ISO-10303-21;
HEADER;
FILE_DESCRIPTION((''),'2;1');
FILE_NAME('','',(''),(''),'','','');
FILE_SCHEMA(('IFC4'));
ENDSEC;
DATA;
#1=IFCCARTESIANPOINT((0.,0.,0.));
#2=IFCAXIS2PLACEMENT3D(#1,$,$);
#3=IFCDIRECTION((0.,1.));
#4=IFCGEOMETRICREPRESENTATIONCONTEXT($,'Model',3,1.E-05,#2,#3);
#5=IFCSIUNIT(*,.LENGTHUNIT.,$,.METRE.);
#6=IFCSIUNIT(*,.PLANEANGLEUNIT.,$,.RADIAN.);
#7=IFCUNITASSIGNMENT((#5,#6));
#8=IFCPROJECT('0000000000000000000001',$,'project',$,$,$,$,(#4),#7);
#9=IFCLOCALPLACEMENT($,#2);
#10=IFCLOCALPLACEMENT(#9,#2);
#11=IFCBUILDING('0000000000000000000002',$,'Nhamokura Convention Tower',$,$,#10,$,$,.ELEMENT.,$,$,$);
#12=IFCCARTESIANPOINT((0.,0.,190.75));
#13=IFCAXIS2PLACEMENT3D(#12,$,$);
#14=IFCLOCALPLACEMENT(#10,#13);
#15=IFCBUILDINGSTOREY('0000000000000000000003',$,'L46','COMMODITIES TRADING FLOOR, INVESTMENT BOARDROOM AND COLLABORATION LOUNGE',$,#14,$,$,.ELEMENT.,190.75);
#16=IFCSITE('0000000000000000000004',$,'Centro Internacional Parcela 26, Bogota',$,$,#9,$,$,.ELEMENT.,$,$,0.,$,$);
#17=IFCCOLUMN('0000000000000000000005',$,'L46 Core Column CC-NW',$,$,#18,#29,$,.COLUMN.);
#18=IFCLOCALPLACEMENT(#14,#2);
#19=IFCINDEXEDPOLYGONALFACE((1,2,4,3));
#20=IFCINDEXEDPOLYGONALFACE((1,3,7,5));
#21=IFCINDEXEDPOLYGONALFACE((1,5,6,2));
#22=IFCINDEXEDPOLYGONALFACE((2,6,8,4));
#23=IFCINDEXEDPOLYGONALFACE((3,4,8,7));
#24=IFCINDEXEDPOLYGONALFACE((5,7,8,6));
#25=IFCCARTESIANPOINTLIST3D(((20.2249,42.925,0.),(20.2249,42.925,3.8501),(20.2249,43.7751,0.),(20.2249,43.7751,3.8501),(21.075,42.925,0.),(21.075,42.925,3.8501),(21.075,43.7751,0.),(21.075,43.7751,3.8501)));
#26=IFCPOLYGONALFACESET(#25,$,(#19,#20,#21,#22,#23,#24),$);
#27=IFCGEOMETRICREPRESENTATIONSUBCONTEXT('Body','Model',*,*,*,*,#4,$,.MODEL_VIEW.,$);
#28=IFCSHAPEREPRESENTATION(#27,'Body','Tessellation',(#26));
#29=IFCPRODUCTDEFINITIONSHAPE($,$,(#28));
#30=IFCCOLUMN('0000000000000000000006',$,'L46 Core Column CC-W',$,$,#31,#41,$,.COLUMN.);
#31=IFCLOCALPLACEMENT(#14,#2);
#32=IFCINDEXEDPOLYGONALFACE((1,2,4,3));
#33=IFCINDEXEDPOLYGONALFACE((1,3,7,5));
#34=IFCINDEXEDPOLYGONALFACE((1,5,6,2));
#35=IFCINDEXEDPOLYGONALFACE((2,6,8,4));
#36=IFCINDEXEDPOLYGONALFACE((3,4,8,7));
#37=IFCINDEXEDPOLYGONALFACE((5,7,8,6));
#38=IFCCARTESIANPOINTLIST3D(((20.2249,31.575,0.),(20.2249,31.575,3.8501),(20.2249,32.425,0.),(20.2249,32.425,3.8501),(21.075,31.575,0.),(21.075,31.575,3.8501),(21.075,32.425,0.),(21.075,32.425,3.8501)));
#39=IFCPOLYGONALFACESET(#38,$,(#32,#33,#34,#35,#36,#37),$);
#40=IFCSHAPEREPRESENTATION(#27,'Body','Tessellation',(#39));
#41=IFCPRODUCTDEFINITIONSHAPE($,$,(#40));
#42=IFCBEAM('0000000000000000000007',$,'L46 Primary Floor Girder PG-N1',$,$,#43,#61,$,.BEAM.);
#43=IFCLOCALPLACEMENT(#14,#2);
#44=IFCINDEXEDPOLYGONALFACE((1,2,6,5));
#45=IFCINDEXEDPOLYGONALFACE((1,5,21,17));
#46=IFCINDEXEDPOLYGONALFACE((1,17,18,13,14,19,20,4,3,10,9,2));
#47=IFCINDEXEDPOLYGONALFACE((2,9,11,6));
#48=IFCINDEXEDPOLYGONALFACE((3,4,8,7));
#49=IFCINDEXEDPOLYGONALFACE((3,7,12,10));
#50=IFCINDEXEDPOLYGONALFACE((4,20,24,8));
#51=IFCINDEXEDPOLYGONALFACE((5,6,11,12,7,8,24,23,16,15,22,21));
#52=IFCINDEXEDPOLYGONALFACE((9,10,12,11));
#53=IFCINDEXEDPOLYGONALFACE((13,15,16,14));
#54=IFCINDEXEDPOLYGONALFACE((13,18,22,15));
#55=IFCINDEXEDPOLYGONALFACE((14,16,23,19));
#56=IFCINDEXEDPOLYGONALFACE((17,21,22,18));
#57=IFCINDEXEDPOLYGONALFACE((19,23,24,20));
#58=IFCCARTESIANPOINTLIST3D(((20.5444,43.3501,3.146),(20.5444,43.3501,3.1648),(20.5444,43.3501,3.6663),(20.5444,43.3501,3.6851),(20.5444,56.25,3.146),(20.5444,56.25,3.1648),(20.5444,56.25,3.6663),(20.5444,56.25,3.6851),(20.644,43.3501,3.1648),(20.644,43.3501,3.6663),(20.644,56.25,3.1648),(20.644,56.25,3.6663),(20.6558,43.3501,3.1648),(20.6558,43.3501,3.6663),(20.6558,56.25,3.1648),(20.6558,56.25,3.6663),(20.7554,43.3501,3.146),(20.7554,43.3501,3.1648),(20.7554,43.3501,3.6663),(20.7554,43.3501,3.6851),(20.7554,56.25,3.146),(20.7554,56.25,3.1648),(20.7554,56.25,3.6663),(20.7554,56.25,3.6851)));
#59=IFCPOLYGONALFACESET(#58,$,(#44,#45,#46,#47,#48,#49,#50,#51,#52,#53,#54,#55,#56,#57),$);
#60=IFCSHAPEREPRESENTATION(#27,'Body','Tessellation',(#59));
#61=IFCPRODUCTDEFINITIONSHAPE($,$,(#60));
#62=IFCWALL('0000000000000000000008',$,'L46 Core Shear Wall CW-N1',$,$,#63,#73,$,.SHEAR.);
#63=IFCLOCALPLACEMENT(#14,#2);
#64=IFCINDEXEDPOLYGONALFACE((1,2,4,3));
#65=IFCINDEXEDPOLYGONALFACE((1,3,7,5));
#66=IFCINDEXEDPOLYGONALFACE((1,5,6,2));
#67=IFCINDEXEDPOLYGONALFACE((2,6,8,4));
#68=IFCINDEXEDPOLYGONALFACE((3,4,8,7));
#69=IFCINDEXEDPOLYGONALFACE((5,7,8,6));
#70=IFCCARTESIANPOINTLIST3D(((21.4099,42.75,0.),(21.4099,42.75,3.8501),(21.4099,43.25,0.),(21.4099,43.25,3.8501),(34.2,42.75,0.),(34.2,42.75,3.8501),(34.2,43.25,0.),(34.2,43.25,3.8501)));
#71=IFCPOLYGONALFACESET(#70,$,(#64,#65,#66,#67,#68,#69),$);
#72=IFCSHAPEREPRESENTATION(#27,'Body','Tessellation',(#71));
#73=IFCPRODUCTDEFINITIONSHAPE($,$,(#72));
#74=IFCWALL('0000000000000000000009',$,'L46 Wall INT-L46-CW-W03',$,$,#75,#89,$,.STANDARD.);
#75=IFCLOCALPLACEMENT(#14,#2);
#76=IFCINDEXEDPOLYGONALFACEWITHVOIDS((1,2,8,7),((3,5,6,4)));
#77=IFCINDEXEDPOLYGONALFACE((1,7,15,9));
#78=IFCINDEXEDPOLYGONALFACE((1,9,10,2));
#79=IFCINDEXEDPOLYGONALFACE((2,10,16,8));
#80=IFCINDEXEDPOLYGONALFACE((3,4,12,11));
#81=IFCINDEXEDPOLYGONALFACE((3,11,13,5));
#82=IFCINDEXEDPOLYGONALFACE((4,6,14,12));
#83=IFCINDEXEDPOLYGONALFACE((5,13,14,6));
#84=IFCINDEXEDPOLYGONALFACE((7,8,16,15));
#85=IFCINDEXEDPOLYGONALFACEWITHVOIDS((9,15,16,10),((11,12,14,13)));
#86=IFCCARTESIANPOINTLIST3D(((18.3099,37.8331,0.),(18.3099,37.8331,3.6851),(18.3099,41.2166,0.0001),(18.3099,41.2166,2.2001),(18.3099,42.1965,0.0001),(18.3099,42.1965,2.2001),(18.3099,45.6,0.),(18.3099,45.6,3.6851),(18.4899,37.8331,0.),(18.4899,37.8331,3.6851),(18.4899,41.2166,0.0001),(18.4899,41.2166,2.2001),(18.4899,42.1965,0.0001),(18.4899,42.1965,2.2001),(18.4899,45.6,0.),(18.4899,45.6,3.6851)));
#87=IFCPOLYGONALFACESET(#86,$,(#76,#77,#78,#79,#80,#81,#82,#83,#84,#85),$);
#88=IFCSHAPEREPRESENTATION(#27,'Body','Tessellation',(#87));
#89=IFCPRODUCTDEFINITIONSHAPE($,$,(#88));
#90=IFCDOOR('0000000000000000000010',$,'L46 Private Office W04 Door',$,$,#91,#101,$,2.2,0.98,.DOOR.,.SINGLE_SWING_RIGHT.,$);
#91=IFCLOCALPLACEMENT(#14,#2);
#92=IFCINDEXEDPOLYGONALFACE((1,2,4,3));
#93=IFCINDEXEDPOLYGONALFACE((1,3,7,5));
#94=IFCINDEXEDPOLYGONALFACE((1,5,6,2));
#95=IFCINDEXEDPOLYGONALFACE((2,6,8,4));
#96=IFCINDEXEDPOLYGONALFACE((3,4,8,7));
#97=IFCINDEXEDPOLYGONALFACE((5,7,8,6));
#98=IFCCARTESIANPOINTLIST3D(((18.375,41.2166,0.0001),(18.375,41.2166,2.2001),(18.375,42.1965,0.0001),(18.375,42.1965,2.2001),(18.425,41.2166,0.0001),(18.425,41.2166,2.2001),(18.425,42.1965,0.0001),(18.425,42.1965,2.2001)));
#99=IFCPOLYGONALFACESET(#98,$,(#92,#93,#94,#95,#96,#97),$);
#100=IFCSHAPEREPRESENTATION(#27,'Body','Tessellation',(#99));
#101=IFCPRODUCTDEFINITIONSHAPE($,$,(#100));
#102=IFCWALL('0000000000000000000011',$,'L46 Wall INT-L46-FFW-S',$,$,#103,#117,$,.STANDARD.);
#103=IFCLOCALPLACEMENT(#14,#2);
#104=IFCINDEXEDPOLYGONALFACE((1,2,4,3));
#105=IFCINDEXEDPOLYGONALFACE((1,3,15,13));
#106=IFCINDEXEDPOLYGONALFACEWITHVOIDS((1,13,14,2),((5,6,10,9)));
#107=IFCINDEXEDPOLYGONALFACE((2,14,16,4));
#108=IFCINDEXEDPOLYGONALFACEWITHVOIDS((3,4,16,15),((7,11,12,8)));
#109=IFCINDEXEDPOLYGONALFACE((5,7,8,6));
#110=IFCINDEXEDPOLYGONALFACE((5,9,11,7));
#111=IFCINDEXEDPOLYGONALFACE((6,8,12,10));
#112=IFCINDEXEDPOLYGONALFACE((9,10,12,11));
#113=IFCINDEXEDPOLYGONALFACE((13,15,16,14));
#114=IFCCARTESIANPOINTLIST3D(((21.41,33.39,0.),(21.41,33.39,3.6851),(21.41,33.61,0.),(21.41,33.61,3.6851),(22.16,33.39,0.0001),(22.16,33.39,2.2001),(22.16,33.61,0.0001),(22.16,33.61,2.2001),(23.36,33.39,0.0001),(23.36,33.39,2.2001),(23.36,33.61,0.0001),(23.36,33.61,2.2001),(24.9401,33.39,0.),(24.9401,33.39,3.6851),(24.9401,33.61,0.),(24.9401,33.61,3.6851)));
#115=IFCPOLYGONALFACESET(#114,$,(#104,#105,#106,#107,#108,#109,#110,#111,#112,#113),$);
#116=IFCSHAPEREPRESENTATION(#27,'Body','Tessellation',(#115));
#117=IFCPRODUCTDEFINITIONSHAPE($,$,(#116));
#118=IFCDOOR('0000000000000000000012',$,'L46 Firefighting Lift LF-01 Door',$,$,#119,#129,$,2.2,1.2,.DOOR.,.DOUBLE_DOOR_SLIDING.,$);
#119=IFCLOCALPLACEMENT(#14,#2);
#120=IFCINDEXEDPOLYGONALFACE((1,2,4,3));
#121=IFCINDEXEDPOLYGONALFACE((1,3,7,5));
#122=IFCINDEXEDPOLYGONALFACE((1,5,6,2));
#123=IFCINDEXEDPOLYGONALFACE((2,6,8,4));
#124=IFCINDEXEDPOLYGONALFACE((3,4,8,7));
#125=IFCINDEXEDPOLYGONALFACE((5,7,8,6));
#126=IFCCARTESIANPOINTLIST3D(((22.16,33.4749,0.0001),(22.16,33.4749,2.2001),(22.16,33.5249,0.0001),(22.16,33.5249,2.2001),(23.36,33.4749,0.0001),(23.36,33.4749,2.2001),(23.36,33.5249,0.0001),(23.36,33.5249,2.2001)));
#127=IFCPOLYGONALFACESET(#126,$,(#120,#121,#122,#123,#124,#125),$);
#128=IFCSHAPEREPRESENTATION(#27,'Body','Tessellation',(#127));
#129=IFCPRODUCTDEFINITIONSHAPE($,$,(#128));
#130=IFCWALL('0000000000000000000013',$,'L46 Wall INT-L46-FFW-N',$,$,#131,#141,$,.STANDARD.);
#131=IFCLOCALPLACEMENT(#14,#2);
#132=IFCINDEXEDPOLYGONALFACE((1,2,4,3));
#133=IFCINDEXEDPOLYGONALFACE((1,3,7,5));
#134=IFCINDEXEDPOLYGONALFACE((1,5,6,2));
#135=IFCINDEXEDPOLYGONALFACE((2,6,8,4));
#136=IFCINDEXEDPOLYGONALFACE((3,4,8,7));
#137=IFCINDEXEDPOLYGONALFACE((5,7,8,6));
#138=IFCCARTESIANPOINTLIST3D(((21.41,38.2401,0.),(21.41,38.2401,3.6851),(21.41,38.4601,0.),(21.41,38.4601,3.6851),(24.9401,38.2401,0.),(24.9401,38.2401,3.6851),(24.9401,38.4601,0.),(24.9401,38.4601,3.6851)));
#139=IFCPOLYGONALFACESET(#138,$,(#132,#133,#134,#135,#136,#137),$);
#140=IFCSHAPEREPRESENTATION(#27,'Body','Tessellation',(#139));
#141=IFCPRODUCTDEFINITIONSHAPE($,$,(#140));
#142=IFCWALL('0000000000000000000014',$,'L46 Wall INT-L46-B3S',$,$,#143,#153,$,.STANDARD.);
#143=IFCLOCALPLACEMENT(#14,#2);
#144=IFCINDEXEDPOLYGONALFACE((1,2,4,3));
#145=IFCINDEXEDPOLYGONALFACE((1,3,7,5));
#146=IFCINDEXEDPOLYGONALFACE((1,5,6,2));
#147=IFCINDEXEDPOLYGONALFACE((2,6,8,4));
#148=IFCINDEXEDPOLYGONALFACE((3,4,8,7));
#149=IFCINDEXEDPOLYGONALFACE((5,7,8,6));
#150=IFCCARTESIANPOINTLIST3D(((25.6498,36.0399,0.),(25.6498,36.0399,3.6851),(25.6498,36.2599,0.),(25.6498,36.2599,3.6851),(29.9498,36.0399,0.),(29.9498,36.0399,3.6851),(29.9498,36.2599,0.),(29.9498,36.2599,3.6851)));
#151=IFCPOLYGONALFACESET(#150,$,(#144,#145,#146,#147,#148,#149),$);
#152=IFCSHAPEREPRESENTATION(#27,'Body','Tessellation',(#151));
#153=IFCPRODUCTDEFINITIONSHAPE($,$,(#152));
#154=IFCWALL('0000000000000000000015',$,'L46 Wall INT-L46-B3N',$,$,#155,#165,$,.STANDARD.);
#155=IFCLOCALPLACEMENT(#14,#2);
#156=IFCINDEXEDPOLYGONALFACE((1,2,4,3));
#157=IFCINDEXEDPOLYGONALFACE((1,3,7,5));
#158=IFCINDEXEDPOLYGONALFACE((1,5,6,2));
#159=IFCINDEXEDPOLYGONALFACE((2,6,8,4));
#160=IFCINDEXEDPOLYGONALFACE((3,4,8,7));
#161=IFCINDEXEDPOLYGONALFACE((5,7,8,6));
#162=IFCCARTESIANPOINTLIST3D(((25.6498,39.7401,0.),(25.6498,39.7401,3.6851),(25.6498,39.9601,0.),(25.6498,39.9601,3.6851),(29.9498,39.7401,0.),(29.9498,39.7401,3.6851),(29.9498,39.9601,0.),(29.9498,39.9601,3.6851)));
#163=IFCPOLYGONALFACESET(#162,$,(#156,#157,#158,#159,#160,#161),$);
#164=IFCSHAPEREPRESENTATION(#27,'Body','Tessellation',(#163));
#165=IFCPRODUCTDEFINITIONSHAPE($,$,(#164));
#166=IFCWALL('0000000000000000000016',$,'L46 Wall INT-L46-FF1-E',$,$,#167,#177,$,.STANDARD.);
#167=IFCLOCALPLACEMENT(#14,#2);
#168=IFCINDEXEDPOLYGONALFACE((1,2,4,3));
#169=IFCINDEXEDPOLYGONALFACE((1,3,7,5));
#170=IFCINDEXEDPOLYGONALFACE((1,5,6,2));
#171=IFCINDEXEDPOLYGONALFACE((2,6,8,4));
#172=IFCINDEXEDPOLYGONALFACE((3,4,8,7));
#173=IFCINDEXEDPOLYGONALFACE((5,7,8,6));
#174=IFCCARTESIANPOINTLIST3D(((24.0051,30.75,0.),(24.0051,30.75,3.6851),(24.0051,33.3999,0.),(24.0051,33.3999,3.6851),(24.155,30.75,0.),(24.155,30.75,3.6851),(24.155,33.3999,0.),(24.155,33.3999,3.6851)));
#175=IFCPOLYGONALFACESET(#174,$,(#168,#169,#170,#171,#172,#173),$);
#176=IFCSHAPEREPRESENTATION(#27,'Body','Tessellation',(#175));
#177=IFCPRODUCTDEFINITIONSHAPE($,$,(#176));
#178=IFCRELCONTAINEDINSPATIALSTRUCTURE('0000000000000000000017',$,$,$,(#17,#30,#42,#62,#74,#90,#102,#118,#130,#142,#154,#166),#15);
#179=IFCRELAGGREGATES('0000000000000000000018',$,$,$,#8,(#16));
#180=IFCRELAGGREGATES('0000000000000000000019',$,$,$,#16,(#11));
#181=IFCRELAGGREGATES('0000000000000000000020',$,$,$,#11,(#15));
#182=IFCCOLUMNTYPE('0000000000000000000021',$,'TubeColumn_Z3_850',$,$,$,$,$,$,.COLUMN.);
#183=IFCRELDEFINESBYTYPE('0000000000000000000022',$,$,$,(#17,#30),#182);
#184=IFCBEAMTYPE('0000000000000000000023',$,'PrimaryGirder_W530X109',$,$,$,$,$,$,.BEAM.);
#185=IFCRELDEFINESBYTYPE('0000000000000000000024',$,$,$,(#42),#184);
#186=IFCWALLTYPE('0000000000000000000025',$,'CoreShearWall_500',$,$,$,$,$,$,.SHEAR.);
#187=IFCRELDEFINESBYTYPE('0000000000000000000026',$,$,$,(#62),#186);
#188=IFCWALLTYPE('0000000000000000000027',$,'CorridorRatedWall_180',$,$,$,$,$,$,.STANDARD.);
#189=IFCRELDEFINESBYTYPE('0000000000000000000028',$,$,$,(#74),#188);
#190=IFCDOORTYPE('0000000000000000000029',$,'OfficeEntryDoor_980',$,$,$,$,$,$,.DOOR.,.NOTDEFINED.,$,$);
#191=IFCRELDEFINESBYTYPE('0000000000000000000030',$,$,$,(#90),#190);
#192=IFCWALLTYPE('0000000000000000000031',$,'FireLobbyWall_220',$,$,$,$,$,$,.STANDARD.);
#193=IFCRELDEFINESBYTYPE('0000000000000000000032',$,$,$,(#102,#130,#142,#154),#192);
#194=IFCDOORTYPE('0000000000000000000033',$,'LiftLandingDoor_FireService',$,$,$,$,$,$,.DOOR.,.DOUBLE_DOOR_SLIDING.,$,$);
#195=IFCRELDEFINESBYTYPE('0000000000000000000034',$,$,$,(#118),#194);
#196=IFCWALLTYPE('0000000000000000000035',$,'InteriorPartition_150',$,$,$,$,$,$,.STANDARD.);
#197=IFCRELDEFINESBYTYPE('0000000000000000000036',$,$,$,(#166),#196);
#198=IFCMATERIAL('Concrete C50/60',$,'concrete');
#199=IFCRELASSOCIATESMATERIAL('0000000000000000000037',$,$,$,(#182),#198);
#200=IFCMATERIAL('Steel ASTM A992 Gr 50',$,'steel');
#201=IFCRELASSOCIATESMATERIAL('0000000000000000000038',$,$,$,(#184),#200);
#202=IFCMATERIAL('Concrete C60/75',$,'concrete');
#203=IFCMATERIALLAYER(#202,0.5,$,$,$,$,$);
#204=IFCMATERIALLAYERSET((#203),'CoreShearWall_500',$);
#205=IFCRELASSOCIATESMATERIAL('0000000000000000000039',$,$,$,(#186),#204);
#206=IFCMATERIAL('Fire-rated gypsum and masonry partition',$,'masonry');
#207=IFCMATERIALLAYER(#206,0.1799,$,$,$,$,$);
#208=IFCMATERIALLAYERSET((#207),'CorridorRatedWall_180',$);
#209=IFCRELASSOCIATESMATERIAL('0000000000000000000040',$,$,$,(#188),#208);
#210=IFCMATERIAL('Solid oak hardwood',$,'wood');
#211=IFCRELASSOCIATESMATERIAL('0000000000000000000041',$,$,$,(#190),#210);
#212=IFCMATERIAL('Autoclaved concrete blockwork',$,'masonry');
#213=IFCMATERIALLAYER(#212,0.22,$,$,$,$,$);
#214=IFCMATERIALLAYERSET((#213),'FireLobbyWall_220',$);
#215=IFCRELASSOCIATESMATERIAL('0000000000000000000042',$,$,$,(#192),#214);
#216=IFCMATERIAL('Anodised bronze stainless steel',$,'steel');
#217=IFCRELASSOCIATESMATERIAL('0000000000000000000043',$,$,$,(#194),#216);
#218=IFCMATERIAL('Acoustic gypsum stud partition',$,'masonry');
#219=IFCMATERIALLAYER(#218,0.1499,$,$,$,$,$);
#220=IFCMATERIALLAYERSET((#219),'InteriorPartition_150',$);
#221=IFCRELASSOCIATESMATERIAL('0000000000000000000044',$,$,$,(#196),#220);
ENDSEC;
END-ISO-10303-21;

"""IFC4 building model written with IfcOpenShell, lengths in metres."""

from ifc_helpers import new_model, si_unit, direction, frame, frame_2d, origin, origin_2d, place, context, subcontext, project, spatial, rectangle, i_section, extrude, material, layer, layer_set, material_profile, profile_set, type_object, element, fill, save


model = new_model("IFC4")

# Units and contexts
model_context = context("Model", 3, precision=1e-05, world=origin(), true_north=direction((0.0, 1.0)))
body_context = subcontext(model_context, "Body", "Model", "MODEL_VIEW")
ifc_project = project(units=[si_unit("LENGTHUNIT", "METRE"), si_unit("PLANEANGLEUNIT", "RADIAN")], contexts=[model_context])

# Site, building, storey
site_placement = place(None, origin())
site = spatial("IfcSite", under=ifc_project, at=site_placement, Name="Centro Internacional Parcela 26, Bogota", CompositionType="ELEMENT", RefElevation=0.0)
building_placement = place(site_placement, origin())
building = spatial("IfcBuilding", under=site, at=building_placement, Name="Nhamokura Convention Tower", CompositionType="ELEMENT")
storey_placement = place(building_placement, frame((0.0, 0.0, 190.75)))
storey = spatial("IfcBuildingStorey", under=building, at=storey_placement, Name="L46", Description="COMMODITIES TRADING FLOOR, INVESTMENT BOARDROOM AND COLLABORATION LOUNGE", CompositionType="ELEMENT", Elevation=190.75)

# Columns
ifc_material_1 = material(Name="Concrete C50/60", Category="concrete")
ifc_material_profile_1 = material_profile(ifc_material_1, rectangle(XDim=0.8501, YDim=0.8501, at=origin_2d()))
ifc_profile_set_1 = profile_set([ifc_material_profile_1], Name="Concrete C50/60")
column_type = type_object("IfcColumnType", Name="TubeColumn_Z3_850", PredefinedType="COLUMN", material=ifc_profile_set_1)
for number, where, z_axis, x_axis, name in (
    (1, (20.6499, 43.3501, 0.0), (0.0, 0.0, 1.0), (1.0, 0.0, 0.0), "L46 Core Column CC-NW"),
    (2, (20.6499, 32.0, 0.0), (0.0, 0.0, 1.0), (1.0, 0.0, 0.0), "L46 Core Column CC-W"),
):
    element("IfcColumn", number, at=place(storey_placement, frame(where, z_axis=z_axis, x_axis=x_axis)), inside=storey, type_object=column_type, Name=name, PredefinedType="COLUMN", context=body_context, shape_type="SweptSolid", body=[
        extrude(rectangle(XDim=0.8501, YDim=0.8501, at=origin_2d()), origin(), (0.0, 0.0, 1.0), 3.8501),
    ])

# Beam
ifc_material_2 = material(Name="Steel ASTM A992 Gr 50", Category="steel")
ifc_material_profile_2 = material_profile(ifc_material_2, i_section(OverallWidth=0.2109, OverallDepth=0.5391, WebThickness=0.0117, FlangeThickness=0.0188, at=origin_2d()))
ifc_profile_set_2 = profile_set([ifc_material_profile_2], Name="Steel ASTM A992 Gr 50")
beam_type = type_object("IfcBeamType", Name="PrimaryGirder_W530X109", PredefinedType="BEAM", material=ifc_profile_set_2)
beam_placement = place(storey_placement, frame((20.6499, 43.3501, 3.4155), z_axis=(0.0, 1.0, 0.0), x_axis=(-1.0, 0.0, 0.0)))
element("IfcBeam", 3, at=beam_placement, inside=storey, type_object=beam_type, Name="L46 Primary Floor Girder PG-N1", PredefinedType="BEAM", context=body_context, shape_type="SweptSolid", body=[
    extrude(i_section(OverallWidth=0.2109, OverallDepth=0.5391, WebThickness=0.0117, FlangeThickness=0.0188, at=origin_2d()), origin(), (0.0, 0.0, 1.0), 12.8999),
])

# Wall
ifc_material_3 = material(Name="Concrete C60/75", Category="concrete")
ifc_layer_1 = layer(ifc_material_3, 0.5)
ifc_layer_set_1 = layer_set([ifc_layer_1], Name="CoreShearWall_500")
wall_type_1 = type_object("IfcWallType", Name="CoreShearWall_500", PredefinedType="SHEAR", material=ifc_layer_set_1)
wall_1_placement = place(storey_placement, frame((21.4099, 43.0, 0.0), z_axis=(0.0, 0.0, 1.0), x_axis=(1.0, 0.0, 0.0)))
element("IfcWall", 4, at=wall_1_placement, inside=storey, type_object=wall_type_1, Name="L46 Core Shear Wall CW-N1", PredefinedType="SHEAR", context=body_context, shape_type="SweptSolid", body=[
    extrude(rectangle(XDim=12.79, YDim=0.5, at=frame_2d((6.395, 0.0))), origin(), (0.0, 0.0, 1.0), 3.8501),
])

# Walls, openings, doors
ifc_material_4 = material(Name="Fire-rated gypsum and masonry partition", Category="masonry")
ifc_layer_2 = layer(ifc_material_4, 0.1799)
ifc_layer_set_2 = layer_set([ifc_layer_2], Name="CorridorRatedWall_180")
wall_type_2 = type_object("IfcWallType", Name="CorridorRatedWall_180", PredefinedType="STANDARD", material=ifc_layer_set_2)
wall_2_placement = place(storey_placement, frame((18.3999, 37.8333, 0.0), z_axis=(0.0, 0.0, 1.0), x_axis=(0.0, 1.0, 0.0)))
wall_2 = element("IfcWall", 5, at=wall_2_placement, inside=storey, type_object=wall_type_2, Name="L46 Wall INT-L46-CW-W03", PredefinedType="STANDARD", context=body_context, shape_type="SweptSolid", body=[
    extrude(rectangle(XDim=7.7668, YDim=0.1799, at=frame_2d((3.8833, 0.0))), origin(), (0.0, 0.0, 1.0), 3.6851),
])
opening_1_placement = place(wall_2_placement, frame((3.3833, 0.0, 0.0)))
opening_1 = element("IfcOpeningElement", 6, at=opening_1_placement, cuts=wall_2, PredefinedType="OPENING", context=body_context, shape_type="SweptSolid", body=[
    extrude(rectangle(XDim=0.98, YDim=2.2, at=frame_2d((0.49, 1.1001))), frame((0.0, 0.0999, 0.0), z_axis=(0.0, -1.0, 0.0), x_axis=(1.0, 0.0, 0.0)), (0.0, 0.0, 1.0), 0.2),
])
ifc_material_5 = material(Name="Solid oak hardwood", Category="wood")
door_type_1 = type_object("IfcDoorType", Name="OfficeEntryDoor_980", OperationType="NOTDEFINED", PredefinedType="DOOR", material=ifc_material_5)
door_1_placement = place(opening_1_placement, origin())
door_1 = element("IfcDoor", 7, at=door_1_placement, inside=storey, type_object=door_type_1, Name="L46 Private Office W04 Door", OperationType="SINGLE_SWING_RIGHT", OverallHeight=2.2, OverallWidth=0.98, PredefinedType="DOOR", context=body_context, shape_type="SweptSolid", body=[
    extrude(rectangle(XDim=0.98, YDim=2.2, at=frame_2d((0.49, 1.1001))), frame((0.0, 0.0249, 0.0), z_axis=(0.0, -1.0, 0.0), x_axis=(1.0, 0.0, 0.0)), (0.0, 0.0, 1.0), 0.05),
])
fill(opening_1, door_1)
ifc_material_6 = material(Name="Autoclaved concrete blockwork", Category="masonry")
ifc_layer_3 = layer(ifc_material_6, 0.22)
ifc_layer_set_3 = layer_set([ifc_layer_3], Name="FireLobbyWall_220")
wall_type_3 = type_object("IfcWallType", Name="FireLobbyWall_220", PredefinedType="STANDARD", material=ifc_layer_set_3)
wall_3_placement = place(storey_placement, frame((21.4099, 33.5, 0.0), z_axis=(0.0, 0.0, 1.0), x_axis=(1.0, 0.0, 0.0)))
wall_3 = element("IfcWall", 8, at=wall_3_placement, inside=storey, type_object=wall_type_3, Name="L46 Wall INT-L46-FFW-S", PredefinedType="STANDARD", context=body_context, shape_type="SweptSolid", body=[
    extrude(rectangle(XDim=3.53, YDim=0.22, at=frame_2d((1.7651, 0.0))), origin(), (0.0, 0.0, 1.0), 3.6851),
])
opening_2_placement = place(wall_3_placement, frame((0.75, 0.0, 0.0)))
opening_2 = element("IfcOpeningElement", 9, at=opening_2_placement, cuts=wall_3, PredefinedType="OPENING", context=body_context, shape_type="SweptSolid", body=[
    extrude(rectangle(XDim=1.2, YDim=2.2, at=frame_2d((0.6001, 1.1001))), frame((0.0, 0.1199, 0.0), z_axis=(0.0, -1.0, 0.0), x_axis=(1.0, 0.0, 0.0)), (0.0, 0.0, 1.0), 0.24),
])
ifc_material_7 = material(Name="Anodised bronze stainless steel", Category="steel")
door_type_2 = type_object("IfcDoorType", Name="LiftLandingDoor_FireService", OperationType="DOUBLE_DOOR_SLIDING", PredefinedType="DOOR", material=ifc_material_7)
door_2_placement = place(opening_2_placement, origin())
door_2 = element("IfcDoor", 10, at=door_2_placement, inside=storey, type_object=door_type_2, Name="L46 Firefighting Lift LF-01 Door", OperationType="DOUBLE_DOOR_SLIDING", OverallHeight=2.2, OverallWidth=1.2, PredefinedType="DOOR", context=body_context, shape_type="SweptSolid", body=[
    extrude(rectangle(XDim=1.2, YDim=2.2, at=frame_2d((0.6001, 1.1001))), frame((0.0, 0.0249, 0.0), z_axis=(0.0, -1.0, 0.0), x_axis=(1.0, 0.0, 0.0)), (0.0, 0.0, 1.0), 0.05),
])
fill(opening_2, door_2)

# Walls
wall_4_placement = place(storey_placement, frame((21.4099, 38.3501, 0.0), z_axis=(0.0, 0.0, 1.0), x_axis=(1.0, 0.0, 0.0)))
element("IfcWall", 11, at=wall_4_placement, inside=storey, type_object=wall_type_3, Name="L46 Wall INT-L46-FFW-N", PredefinedType="STANDARD", context=body_context, shape_type="SweptSolid", body=[
    extrude(rectangle(XDim=3.53, YDim=0.22, at=frame_2d((1.7651, 0.0))), origin(), (0.0, 0.0, 1.0), 3.6851),
])
for number, where, z_axis, x_axis, name in (
    (12, (25.6499, 36.1499, 0.0), (0.0, 0.0, 1.0), (1.0, 0.0, 0.0), "L46 Wall INT-L46-B3S"),
    (13, (25.6499, 39.8501, 0.0), (0.0, 0.0, 1.0), (1.0, 0.0, 0.0), "L46 Wall INT-L46-B3N"),
):
    element("IfcWall", number, at=place(storey_placement, frame(where, z_axis=z_axis, x_axis=x_axis)), inside=storey, type_object=wall_type_3, Name=name, PredefinedType="STANDARD", context=body_context, shape_type="SweptSolid", body=[
        extrude(rectangle(XDim=4.3, YDim=0.22, at=frame_2d((2.1499, 0.0))), origin(), (0.0, 0.0, 1.0), 3.6851),
    ])
ifc_material_8 = material(Name="Acoustic gypsum stud partition", Category="masonry")
ifc_layer_4 = layer(ifc_material_8, 0.1499)
ifc_layer_set_4 = layer_set([ifc_layer_4], Name="InteriorPartition_150")
wall_type_4 = type_object("IfcWallType", Name="InteriorPartition_150", PredefinedType="STANDARD", material=ifc_layer_set_4)
wall_5_placement = place(storey_placement, frame((24.0801, 30.75, 0.0), z_axis=(0.0, 0.0, 1.0), x_axis=(0.0, 1.0, 0.0)))
element("IfcWall", 14, at=wall_5_placement, inside=storey, type_object=wall_type_4, Name="L46 Wall INT-L46-FF1-E", PredefinedType="STANDARD", context=body_context, shape_type="SweptSolid", body=[
    extrude(rectangle(XDim=2.6499, YDim=0.1499, at=frame_2d((1.325, 0.0))), origin(), (0.0, 0.0, 1.0), 3.6851),
])

save(model, "model.ifc")
